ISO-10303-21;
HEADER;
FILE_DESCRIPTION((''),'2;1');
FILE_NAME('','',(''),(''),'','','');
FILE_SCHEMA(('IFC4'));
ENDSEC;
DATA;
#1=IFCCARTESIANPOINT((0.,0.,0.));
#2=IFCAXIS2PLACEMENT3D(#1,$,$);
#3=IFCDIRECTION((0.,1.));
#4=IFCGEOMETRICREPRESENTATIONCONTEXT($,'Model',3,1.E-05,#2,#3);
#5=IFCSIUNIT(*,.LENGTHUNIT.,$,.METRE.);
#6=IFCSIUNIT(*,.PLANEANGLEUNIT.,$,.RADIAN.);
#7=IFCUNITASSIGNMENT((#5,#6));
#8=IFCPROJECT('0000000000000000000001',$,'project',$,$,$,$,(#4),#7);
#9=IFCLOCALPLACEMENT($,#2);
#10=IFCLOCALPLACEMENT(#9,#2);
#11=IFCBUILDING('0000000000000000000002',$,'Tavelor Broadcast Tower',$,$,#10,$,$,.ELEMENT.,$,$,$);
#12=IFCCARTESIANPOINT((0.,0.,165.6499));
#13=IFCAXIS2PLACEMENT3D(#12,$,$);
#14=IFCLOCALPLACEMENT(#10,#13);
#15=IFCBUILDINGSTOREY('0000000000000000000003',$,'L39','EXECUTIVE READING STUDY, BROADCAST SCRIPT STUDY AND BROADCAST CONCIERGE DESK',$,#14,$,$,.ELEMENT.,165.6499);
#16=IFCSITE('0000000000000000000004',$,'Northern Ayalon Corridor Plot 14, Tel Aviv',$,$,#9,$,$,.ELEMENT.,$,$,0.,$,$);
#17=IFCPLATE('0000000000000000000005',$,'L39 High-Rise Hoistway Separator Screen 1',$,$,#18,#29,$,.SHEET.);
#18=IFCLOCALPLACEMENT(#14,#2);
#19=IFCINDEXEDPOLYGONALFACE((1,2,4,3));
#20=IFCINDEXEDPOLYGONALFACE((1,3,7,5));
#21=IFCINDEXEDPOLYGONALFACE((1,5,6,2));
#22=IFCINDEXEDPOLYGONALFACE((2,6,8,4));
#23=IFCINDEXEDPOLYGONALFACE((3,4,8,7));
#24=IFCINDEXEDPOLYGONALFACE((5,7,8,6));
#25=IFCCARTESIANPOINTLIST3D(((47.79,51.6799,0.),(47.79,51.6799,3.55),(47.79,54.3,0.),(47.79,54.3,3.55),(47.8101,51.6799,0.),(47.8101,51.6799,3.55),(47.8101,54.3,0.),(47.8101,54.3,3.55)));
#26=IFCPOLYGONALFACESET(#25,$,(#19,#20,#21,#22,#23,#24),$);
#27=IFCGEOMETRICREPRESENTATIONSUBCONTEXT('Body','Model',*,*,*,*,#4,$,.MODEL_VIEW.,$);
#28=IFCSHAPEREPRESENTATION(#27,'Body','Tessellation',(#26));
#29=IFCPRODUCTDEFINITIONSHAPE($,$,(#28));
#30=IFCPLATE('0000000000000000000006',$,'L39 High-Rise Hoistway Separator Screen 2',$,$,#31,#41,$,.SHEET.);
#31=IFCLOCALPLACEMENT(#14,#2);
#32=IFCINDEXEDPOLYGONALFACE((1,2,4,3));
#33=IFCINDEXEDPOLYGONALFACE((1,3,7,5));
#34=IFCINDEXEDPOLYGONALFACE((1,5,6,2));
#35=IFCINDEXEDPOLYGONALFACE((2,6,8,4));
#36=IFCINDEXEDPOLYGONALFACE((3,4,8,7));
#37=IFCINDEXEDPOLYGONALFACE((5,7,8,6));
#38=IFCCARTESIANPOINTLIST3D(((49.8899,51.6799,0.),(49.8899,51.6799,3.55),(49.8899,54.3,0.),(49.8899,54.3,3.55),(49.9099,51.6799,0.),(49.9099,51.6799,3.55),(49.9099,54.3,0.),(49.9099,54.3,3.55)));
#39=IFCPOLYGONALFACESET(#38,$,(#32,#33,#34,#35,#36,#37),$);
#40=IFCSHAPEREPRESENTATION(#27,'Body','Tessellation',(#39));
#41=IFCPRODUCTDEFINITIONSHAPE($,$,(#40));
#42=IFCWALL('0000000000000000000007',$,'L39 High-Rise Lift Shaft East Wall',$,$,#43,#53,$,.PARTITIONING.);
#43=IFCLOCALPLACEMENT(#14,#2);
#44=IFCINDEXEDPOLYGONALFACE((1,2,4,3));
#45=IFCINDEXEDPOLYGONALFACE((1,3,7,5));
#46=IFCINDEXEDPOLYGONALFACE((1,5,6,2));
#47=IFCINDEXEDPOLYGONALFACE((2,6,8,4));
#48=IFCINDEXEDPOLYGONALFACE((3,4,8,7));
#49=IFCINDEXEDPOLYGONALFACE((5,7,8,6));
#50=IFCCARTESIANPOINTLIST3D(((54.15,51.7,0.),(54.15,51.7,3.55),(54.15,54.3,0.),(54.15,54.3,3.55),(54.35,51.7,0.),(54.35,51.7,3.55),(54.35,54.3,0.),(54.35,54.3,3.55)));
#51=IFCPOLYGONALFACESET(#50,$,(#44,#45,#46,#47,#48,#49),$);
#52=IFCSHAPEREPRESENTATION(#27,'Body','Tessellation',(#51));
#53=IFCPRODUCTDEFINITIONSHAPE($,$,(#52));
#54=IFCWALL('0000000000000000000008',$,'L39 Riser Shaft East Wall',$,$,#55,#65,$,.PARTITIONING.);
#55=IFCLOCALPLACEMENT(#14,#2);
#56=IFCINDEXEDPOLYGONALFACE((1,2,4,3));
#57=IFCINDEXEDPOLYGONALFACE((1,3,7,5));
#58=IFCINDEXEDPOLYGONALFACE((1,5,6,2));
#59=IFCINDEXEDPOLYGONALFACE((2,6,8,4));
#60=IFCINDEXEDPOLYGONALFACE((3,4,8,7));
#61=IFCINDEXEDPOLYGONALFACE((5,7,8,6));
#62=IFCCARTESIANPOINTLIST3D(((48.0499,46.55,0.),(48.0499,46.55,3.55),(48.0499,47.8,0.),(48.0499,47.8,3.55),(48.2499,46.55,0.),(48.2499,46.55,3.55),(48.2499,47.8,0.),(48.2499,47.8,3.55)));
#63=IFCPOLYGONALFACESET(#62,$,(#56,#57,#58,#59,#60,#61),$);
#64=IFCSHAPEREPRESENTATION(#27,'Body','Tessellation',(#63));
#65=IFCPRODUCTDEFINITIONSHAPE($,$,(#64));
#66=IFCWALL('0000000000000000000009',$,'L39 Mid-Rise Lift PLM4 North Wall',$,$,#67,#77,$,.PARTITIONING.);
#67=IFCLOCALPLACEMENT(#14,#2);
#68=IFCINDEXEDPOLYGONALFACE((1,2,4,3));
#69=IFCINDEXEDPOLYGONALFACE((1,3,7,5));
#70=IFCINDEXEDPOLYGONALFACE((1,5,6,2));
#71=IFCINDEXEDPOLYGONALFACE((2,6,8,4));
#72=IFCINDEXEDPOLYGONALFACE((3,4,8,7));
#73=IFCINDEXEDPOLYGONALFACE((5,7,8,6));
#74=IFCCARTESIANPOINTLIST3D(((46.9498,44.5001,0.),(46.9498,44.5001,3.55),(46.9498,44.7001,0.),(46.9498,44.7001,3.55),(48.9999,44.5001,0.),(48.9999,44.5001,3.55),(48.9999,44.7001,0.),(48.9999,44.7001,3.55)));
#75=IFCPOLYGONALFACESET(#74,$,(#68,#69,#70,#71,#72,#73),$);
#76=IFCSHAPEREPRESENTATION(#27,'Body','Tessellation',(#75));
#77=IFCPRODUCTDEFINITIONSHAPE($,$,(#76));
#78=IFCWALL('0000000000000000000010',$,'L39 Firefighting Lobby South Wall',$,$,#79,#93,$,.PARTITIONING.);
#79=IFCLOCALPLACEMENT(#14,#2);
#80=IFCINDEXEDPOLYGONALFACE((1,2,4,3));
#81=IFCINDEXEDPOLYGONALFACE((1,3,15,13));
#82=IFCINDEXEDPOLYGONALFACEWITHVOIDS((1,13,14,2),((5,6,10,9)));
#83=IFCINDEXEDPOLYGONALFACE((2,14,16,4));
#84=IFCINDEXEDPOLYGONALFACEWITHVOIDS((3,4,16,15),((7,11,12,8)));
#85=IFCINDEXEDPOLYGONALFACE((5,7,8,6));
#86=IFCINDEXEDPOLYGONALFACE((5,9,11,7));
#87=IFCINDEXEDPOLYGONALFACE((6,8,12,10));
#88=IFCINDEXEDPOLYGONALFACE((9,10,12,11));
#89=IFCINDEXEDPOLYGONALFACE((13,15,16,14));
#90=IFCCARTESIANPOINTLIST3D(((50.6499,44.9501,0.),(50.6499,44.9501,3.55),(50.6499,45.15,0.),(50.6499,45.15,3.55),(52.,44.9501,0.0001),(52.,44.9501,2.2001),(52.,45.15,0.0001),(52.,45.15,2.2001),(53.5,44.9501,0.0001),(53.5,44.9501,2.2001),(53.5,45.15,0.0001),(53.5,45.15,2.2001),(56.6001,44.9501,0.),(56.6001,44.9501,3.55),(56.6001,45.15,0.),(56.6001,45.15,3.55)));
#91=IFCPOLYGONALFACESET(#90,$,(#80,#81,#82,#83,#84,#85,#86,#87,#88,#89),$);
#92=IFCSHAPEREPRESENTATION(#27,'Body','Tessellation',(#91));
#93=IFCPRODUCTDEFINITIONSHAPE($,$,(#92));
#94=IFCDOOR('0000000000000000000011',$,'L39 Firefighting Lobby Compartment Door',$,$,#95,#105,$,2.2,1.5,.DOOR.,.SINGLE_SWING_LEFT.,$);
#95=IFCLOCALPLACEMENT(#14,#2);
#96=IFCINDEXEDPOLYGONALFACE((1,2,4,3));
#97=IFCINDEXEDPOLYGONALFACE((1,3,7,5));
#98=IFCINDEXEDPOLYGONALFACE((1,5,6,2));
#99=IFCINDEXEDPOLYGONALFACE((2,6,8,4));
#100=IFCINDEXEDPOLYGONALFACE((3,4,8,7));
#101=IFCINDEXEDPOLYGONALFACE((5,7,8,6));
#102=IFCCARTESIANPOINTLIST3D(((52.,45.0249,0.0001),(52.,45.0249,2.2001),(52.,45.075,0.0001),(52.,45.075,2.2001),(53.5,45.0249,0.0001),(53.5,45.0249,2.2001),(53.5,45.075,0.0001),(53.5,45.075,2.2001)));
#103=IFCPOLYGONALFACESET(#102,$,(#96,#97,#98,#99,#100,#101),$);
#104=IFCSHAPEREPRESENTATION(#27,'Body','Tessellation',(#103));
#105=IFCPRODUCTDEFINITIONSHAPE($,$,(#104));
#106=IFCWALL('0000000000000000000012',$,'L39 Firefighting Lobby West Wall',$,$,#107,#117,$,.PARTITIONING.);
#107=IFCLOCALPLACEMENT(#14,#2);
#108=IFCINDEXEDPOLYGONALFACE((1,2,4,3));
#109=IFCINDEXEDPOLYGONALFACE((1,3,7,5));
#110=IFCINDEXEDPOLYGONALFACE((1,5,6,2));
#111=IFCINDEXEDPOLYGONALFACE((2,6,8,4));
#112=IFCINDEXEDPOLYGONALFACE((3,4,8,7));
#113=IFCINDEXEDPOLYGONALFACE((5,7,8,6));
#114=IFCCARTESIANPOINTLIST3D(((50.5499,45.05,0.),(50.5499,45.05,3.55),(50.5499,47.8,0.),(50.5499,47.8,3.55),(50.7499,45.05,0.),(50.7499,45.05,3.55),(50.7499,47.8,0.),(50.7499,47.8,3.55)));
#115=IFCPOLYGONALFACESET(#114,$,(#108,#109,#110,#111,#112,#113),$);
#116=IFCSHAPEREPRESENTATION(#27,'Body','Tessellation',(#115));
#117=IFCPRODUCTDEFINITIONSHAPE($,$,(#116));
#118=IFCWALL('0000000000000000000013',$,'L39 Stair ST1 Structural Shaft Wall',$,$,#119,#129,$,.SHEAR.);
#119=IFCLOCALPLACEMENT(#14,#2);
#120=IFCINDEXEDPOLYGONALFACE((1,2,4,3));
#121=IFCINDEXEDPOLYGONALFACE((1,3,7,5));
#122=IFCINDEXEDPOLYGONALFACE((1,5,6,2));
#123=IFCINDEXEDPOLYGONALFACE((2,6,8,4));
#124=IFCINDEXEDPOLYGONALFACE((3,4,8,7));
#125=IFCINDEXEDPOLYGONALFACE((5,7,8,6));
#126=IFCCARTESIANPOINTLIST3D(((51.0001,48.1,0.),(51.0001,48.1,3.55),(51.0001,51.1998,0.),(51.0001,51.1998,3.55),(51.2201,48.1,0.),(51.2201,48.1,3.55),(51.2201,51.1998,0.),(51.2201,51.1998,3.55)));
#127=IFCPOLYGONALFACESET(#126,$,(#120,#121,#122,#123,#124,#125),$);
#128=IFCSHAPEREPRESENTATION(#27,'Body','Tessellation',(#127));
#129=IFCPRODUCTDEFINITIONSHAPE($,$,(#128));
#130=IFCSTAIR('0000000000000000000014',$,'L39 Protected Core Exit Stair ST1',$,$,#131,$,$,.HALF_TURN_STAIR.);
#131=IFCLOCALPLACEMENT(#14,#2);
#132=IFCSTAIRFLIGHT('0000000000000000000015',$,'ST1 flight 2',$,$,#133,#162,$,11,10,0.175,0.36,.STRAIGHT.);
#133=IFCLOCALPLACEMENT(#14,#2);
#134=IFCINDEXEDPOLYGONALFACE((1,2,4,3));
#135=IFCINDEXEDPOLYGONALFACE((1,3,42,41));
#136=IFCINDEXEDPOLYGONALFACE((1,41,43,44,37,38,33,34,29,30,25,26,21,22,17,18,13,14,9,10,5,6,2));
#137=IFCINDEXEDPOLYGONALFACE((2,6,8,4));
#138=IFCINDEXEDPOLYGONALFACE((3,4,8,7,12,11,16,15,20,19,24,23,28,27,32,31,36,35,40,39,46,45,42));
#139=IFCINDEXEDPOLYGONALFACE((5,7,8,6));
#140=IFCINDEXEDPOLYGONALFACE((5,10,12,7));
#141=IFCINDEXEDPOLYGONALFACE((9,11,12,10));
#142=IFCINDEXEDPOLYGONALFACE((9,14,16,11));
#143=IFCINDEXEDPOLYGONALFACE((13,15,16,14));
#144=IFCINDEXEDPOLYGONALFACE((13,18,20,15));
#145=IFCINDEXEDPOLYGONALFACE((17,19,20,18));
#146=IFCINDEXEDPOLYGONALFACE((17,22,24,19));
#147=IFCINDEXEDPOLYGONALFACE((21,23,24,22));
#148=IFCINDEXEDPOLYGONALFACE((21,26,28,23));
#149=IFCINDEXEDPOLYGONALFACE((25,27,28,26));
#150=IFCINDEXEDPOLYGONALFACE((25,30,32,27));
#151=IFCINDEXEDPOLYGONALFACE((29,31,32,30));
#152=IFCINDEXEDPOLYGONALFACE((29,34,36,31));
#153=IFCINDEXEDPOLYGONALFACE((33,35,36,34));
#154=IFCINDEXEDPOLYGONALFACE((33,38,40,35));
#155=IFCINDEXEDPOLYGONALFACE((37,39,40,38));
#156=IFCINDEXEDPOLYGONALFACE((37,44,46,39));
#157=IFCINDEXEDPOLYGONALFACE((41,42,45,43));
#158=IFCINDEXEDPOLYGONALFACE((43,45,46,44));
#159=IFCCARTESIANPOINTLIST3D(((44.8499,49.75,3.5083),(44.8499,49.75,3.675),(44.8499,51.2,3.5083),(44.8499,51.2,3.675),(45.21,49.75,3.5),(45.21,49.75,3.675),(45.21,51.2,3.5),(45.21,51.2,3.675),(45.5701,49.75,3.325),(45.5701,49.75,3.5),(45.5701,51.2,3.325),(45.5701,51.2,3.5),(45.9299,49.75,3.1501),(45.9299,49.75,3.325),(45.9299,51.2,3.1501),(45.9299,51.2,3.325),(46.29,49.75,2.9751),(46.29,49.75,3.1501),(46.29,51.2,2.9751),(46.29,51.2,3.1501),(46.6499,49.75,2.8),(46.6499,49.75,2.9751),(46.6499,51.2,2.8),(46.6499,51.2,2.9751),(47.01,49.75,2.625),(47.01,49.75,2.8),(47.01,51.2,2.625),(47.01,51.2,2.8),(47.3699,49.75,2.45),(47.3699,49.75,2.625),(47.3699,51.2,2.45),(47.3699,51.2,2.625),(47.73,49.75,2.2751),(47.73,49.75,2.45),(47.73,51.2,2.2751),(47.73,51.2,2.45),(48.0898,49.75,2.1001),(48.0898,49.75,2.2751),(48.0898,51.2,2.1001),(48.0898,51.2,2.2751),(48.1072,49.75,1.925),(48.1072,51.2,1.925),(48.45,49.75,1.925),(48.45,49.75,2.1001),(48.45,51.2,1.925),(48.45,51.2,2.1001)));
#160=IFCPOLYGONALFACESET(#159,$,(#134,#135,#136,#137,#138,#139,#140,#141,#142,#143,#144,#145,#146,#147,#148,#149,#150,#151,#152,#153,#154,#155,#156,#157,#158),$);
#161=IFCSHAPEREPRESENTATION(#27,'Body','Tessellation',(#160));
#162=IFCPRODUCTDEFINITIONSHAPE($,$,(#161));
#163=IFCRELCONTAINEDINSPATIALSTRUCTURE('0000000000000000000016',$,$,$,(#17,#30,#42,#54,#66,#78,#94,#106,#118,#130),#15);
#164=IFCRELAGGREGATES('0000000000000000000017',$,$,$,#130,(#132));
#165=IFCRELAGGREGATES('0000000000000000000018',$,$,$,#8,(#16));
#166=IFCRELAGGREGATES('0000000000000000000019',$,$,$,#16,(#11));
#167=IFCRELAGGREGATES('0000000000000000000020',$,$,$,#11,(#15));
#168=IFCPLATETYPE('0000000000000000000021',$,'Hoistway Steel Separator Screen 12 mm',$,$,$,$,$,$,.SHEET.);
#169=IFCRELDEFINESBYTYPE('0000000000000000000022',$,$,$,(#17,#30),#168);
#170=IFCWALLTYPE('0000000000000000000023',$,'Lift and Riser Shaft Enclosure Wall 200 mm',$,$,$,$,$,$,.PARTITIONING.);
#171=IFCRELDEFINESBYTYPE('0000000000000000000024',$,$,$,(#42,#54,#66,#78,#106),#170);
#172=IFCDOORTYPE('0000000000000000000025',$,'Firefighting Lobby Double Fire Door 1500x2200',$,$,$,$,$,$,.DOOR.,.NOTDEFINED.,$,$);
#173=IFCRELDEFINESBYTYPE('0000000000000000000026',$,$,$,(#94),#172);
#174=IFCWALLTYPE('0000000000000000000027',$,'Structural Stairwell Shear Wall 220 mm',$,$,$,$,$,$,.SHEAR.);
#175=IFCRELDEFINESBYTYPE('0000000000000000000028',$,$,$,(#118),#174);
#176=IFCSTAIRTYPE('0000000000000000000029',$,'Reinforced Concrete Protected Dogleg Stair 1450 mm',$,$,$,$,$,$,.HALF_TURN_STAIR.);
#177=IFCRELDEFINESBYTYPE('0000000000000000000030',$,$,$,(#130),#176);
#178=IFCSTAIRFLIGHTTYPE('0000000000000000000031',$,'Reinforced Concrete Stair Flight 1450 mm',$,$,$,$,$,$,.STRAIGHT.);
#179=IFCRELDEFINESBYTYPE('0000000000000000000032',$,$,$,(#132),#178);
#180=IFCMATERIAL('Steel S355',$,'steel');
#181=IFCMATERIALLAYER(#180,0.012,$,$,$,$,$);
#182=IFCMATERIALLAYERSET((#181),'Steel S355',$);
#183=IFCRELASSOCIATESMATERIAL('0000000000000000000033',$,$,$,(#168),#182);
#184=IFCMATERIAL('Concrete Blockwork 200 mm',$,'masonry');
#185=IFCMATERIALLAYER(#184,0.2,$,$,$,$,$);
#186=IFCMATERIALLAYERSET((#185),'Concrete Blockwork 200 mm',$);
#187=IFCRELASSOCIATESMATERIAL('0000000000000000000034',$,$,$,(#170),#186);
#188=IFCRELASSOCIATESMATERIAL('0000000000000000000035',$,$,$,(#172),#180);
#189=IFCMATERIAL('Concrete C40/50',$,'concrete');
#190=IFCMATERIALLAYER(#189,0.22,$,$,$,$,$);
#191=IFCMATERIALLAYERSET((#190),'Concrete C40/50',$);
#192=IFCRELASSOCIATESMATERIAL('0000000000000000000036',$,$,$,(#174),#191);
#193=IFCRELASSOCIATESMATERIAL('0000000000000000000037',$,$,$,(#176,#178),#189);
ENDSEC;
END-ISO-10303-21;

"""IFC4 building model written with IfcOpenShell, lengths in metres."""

from ifc_helpers import new_model, si_unit, direction, frame, frame_2d, origin, origin_2d, place, context, subcontext, project, spatial, polyline, rectangle, outline, extrude, source, transform, mapped, material, layer, layer_set, type_object, type_shapes, element, fill, aggregate, save


model = new_model("IFC4")

# Units and contexts
model_context = context("Model", 3, precision=1e-05, world=origin(), true_north=direction((0.0, 1.0)))
body_context = subcontext(model_context, "Body", "Model", "MODEL_VIEW")
ifc_project = project(units=[si_unit("LENGTHUNIT", "METRE"), si_unit("PLANEANGLEUNIT", "RADIAN")], contexts=[model_context])

# Site, building, storey
site_placement = place(None, origin())
site = spatial("IfcSite", under=ifc_project, at=site_placement, Name="Northern Ayalon Corridor Plot 14, Tel Aviv", CompositionType="ELEMENT", RefElevation=0.0)
building_placement = place(site_placement, origin())
building = spatial("IfcBuilding", under=site, at=building_placement, Name="Tavelor Broadcast Tower", CompositionType="ELEMENT")
storey_placement = place(building_placement, frame((0.0, 0.0, 165.6499)))
storey = spatial("IfcBuildingStorey", under=building, at=storey_placement, Name="L39", Description="EXECUTIVE READING STUDY, BROADCAST SCRIPT STUDY AND BROADCAST CONCIERGE DESK", CompositionType="ELEMENT", Elevation=165.6499)

# Shared definitions
ifc_material_1 = material(Name="Concrete C40/50", Category="concrete")
ifc_material_2 = material(Name="Steel S355", Category="steel")

# Plates
ifc_layer_1 = layer(ifc_material_2, 0.012)
ifc_layer_set_1 = layer_set([ifc_layer_1], Name="Steel S355")
plate_type = type_object("IfcPlateType", Name="Hoistway Steel Separator Screen 12 mm", PredefinedType="SHEET", material=ifc_layer_set_1)
shared_shape = source(origin(), body_context, "Body", "SweptSolid", [
    extrude(rectangle(XDim=0.02, YDim=2.6201, at=origin_2d()), origin(), (0.0, 0.0, 1.0), 3.55),
])
type_shapes(plate_type, [shared_shape])
for number, where, z_axis, x_axis, name in (
    (1, (47.8, 52.99, 0.0), (0.0, 0.0, 1.0), (1.0, 0.0, 0.0), "L39 High-Rise Hoistway Separator Screen 1"),
    (2, (49.8999, 52.99, 0.0), (0.0, 0.0, 1.0), (1.0, 0.0, 0.0), "L39 High-Rise Hoistway Separator Screen 2"),
):
    element("IfcPlate", number, at=place(storey_placement, frame(where, z_axis=z_axis, x_axis=x_axis)), inside=storey, type_object=plate_type, Name=name, PredefinedType="SHEET", context=body_context, shape_type="MappedRepresentation", body=[
        mapped(shared_shape, transform((0.0, 0.0, 0.0), scale=1.0)),
    ])

# Walls
ifc_material_3 = material(Name="Concrete Blockwork 200 mm", Category="masonry")
ifc_layer_2 = layer(ifc_material_3, 0.2)
ifc_layer_set_2 = layer_set([ifc_layer_2], Name="Concrete Blockwork 200 mm")
wall_type_1 = type_object("IfcWallType", Name="Lift and Riser Shaft Enclosure Wall 200 mm", PredefinedType="PARTITIONING", material=ifc_layer_set_2)
wall_1_placement = place(storey_placement, frame((54.25, 51.7, 0.0), z_axis=(0.0, 0.0, 1.0), x_axis=(0.0, 1.0, 0.0)))
element("IfcWall", 3, at=wall_1_placement, inside=storey, type_object=wall_type_1, Name="L39 High-Rise Lift Shaft East Wall", PredefinedType="PARTITIONING", context=body_context, shape_type="SweptSolid", body=[
    extrude(rectangle(XDim=2.6001, YDim=0.2, at=frame_2d((1.3, 0.0))), origin(), (0.0, 0.0, 1.0), 3.55),
])
wall_2_placement = place(storey_placement, frame((48.1499, 46.55, 0.0), z_axis=(0.0, 0.0, 1.0), x_axis=(0.0, 1.0, 0.0)))
element("IfcWall", 4, at=wall_2_placement, inside=storey, type_object=wall_type_1, Name="L39 Riser Shaft East Wall", PredefinedType="PARTITIONING", context=body_context, shape_type="SweptSolid", body=[
    extrude(rectangle(XDim=1.25, YDim=0.2, at=frame_2d((0.625, 0.0))), origin(), (0.0, 0.0, 1.0), 3.55),
])
wall_3_placement = place(storey_placement, frame((46.95, 44.6001, 0.0), z_axis=(0.0, 0.0, 1.0), x_axis=(1.0, 0.0, 0.0)))
element("IfcWall", 5, at=wall_3_placement, inside=storey, type_object=wall_type_1, Name="L39 Mid-Rise Lift PLM4 North Wall", PredefinedType="PARTITIONING", context=body_context, shape_type="SweptSolid", body=[
    extrude(rectangle(XDim=2.05, YDim=0.2, at=frame_2d((1.0249, 0.0))), origin(), (0.0, 0.0, 1.0), 3.55),
])

# Wall, opening, door
wall_4_placement = place(storey_placement, frame((50.6499, 45.05, 0.0), z_axis=(0.0, 0.0, 1.0), x_axis=(1.0, 0.0, 0.0)))
wall_4 = element("IfcWall", 6, at=wall_4_placement, inside=storey, type_object=wall_type_1, Name="L39 Firefighting Lobby South Wall", PredefinedType="PARTITIONING", context=body_context, shape_type="SweptSolid", body=[
    extrude(rectangle(XDim=5.9502, YDim=0.2, at=frame_2d((2.9751, 0.0))), origin(), (0.0, 0.0, 1.0), 3.55),
])
opening_placement = place(wall_4_placement, frame((1.3501, 0.0, 0.0)))
opening = element("IfcOpeningElement", 7, at=opening_placement, cuts=wall_4, PredefinedType="OPENING", context=body_context, shape_type="SweptSolid", body=[
    extrude(rectangle(XDim=1.5, YDim=2.2, at=frame_2d((0.75, 1.1001))), frame((0.0, 0.1099, 0.0), z_axis=(0.0, -1.0, 0.0), x_axis=(1.0, 0.0, 0.0)), (0.0, 0.0, 1.0), 0.22),
])
door_type = type_object("IfcDoorType", Name="Firefighting Lobby Double Fire Door 1500x2200", OperationType="NOTDEFINED", PredefinedType="DOOR", material=ifc_material_2)
door_placement = place(opening_placement, origin())
door = element("IfcDoor", 8, at=door_placement, inside=storey, type_object=door_type, Name="L39 Firefighting Lobby Compartment Door", OperationType="SINGLE_SWING_LEFT", OverallHeight=2.2, OverallWidth=1.5, PredefinedType="DOOR", context=body_context, shape_type="SweptSolid", body=[
    extrude(rectangle(XDim=1.5, YDim=2.2, at=frame_2d((0.75, 1.1001))), frame((0.0, 0.0249, 0.0), z_axis=(0.0, -1.0, 0.0), x_axis=(1.0, 0.0, 0.0)), (0.0, 0.0, 1.0), 0.05),
])
fill(opening, door)

# Walls
wall_5_placement = place(storey_placement, frame((50.6499, 45.05, 0.0), z_axis=(0.0, 0.0, 1.0), x_axis=(0.0, 1.0, 0.0)))
element("IfcWall", 9, at=wall_5_placement, inside=storey, type_object=wall_type_1, Name="L39 Firefighting Lobby West Wall", PredefinedType="PARTITIONING", context=body_context, shape_type="SweptSolid", body=[
    extrude(rectangle(XDim=2.75, YDim=0.2, at=frame_2d((1.375, 0.0))), origin(), (0.0, 0.0, 1.0), 3.55),
])
ifc_layer_3 = layer(ifc_material_1, 0.22)
ifc_layer_set_3 = layer_set([ifc_layer_3], Name="Concrete C40/50")
wall_type_2 = type_object("IfcWallType", Name="Structural Stairwell Shear Wall 220 mm", PredefinedType="SHEAR", material=ifc_layer_set_3)
wall_6_placement = place(storey_placement, frame((51.1101, 48.1001, 0.0), z_axis=(0.0, 0.0, 1.0), x_axis=(0.0, 1.0, 0.0)))
element("IfcWall", 10, at=wall_6_placement, inside=storey, type_object=wall_type_2, Name="L39 Stair ST1 Structural Shaft Wall", PredefinedType="SHEAR", context=body_context, shape_type="SweptSolid", body=[
    extrude(rectangle(XDim=3.0999, YDim=0.22, at=frame_2d((1.5498, 0.0))), origin(), (0.0, 0.0, 1.0), 3.55),
])

# Stair, stair flight
stair_type = type_object("IfcStairType", Name="Reinforced Concrete Protected Dogleg Stair 1450 mm", PredefinedType="HALF_TURN_STAIR", material=ifc_material_1)
stair_placement = place(storey_placement, origin())
stair = element("IfcStair", 11, at=stair_placement, inside=storey, type_object=stair_type, Name="L39 Protected Core Exit Stair ST1", PredefinedType="HALF_TURN_STAIR")
stair_flight_type = type_object("IfcStairFlightType", Name="Reinforced Concrete Stair Flight 1450 mm", PredefinedType="STRAIGHT", material=ifc_material_1)
stair_flight_placement = place(storey_placement, frame((48.45, 50.4751, 1.925), z_axis=(0.0, 0.0, 1.0), x_axis=(-1.0, 0.0, 0.0)))
stair_flight = element("IfcStairFlight", 12, at=stair_flight_placement, type_object=stair_flight_type, Name="ST1 flight 2", NumberOfRisers=11, NumberOfTreads=10, PredefinedType="STRAIGHT", RiserHeight=0.175, TreadLength=0.36, context=body_context, shape_type="SweptSolid", body=[
    extrude(outline(polyline([(0.0, 0.0), (0.0, 0.175), (0.3601, 0.175), (0.3601, 0.3501), (0.72, 0.3501), (0.72, 0.5249), (1.0801, 0.5249), (1.0801, 0.7), (1.4399, 0.7), (1.4399, 0.875), (1.8, 0.875), (1.8, 1.05), (2.1599, 1.05), (2.1599, 1.2251), (2.52, 1.2251), (2.52, 1.3999), (2.8799, 1.3999), (2.8799, 1.575), (3.24, 1.575), (3.24, 1.75), (3.6001, 1.75), (3.6001, 1.925), (3.6001, 1.5833), (0.3428, 0.0), (0.0, 0.0)])), frame((0.0, 0.7251, 0.0), z_axis=(0.0, -1.0, 0.0), x_axis=(1.0, 0.0, 0.0)), (0.0, 0.0, 1.0), 1.45),
])
aggregate(stair, [stair_flight])

save(model, "model.ifc")
